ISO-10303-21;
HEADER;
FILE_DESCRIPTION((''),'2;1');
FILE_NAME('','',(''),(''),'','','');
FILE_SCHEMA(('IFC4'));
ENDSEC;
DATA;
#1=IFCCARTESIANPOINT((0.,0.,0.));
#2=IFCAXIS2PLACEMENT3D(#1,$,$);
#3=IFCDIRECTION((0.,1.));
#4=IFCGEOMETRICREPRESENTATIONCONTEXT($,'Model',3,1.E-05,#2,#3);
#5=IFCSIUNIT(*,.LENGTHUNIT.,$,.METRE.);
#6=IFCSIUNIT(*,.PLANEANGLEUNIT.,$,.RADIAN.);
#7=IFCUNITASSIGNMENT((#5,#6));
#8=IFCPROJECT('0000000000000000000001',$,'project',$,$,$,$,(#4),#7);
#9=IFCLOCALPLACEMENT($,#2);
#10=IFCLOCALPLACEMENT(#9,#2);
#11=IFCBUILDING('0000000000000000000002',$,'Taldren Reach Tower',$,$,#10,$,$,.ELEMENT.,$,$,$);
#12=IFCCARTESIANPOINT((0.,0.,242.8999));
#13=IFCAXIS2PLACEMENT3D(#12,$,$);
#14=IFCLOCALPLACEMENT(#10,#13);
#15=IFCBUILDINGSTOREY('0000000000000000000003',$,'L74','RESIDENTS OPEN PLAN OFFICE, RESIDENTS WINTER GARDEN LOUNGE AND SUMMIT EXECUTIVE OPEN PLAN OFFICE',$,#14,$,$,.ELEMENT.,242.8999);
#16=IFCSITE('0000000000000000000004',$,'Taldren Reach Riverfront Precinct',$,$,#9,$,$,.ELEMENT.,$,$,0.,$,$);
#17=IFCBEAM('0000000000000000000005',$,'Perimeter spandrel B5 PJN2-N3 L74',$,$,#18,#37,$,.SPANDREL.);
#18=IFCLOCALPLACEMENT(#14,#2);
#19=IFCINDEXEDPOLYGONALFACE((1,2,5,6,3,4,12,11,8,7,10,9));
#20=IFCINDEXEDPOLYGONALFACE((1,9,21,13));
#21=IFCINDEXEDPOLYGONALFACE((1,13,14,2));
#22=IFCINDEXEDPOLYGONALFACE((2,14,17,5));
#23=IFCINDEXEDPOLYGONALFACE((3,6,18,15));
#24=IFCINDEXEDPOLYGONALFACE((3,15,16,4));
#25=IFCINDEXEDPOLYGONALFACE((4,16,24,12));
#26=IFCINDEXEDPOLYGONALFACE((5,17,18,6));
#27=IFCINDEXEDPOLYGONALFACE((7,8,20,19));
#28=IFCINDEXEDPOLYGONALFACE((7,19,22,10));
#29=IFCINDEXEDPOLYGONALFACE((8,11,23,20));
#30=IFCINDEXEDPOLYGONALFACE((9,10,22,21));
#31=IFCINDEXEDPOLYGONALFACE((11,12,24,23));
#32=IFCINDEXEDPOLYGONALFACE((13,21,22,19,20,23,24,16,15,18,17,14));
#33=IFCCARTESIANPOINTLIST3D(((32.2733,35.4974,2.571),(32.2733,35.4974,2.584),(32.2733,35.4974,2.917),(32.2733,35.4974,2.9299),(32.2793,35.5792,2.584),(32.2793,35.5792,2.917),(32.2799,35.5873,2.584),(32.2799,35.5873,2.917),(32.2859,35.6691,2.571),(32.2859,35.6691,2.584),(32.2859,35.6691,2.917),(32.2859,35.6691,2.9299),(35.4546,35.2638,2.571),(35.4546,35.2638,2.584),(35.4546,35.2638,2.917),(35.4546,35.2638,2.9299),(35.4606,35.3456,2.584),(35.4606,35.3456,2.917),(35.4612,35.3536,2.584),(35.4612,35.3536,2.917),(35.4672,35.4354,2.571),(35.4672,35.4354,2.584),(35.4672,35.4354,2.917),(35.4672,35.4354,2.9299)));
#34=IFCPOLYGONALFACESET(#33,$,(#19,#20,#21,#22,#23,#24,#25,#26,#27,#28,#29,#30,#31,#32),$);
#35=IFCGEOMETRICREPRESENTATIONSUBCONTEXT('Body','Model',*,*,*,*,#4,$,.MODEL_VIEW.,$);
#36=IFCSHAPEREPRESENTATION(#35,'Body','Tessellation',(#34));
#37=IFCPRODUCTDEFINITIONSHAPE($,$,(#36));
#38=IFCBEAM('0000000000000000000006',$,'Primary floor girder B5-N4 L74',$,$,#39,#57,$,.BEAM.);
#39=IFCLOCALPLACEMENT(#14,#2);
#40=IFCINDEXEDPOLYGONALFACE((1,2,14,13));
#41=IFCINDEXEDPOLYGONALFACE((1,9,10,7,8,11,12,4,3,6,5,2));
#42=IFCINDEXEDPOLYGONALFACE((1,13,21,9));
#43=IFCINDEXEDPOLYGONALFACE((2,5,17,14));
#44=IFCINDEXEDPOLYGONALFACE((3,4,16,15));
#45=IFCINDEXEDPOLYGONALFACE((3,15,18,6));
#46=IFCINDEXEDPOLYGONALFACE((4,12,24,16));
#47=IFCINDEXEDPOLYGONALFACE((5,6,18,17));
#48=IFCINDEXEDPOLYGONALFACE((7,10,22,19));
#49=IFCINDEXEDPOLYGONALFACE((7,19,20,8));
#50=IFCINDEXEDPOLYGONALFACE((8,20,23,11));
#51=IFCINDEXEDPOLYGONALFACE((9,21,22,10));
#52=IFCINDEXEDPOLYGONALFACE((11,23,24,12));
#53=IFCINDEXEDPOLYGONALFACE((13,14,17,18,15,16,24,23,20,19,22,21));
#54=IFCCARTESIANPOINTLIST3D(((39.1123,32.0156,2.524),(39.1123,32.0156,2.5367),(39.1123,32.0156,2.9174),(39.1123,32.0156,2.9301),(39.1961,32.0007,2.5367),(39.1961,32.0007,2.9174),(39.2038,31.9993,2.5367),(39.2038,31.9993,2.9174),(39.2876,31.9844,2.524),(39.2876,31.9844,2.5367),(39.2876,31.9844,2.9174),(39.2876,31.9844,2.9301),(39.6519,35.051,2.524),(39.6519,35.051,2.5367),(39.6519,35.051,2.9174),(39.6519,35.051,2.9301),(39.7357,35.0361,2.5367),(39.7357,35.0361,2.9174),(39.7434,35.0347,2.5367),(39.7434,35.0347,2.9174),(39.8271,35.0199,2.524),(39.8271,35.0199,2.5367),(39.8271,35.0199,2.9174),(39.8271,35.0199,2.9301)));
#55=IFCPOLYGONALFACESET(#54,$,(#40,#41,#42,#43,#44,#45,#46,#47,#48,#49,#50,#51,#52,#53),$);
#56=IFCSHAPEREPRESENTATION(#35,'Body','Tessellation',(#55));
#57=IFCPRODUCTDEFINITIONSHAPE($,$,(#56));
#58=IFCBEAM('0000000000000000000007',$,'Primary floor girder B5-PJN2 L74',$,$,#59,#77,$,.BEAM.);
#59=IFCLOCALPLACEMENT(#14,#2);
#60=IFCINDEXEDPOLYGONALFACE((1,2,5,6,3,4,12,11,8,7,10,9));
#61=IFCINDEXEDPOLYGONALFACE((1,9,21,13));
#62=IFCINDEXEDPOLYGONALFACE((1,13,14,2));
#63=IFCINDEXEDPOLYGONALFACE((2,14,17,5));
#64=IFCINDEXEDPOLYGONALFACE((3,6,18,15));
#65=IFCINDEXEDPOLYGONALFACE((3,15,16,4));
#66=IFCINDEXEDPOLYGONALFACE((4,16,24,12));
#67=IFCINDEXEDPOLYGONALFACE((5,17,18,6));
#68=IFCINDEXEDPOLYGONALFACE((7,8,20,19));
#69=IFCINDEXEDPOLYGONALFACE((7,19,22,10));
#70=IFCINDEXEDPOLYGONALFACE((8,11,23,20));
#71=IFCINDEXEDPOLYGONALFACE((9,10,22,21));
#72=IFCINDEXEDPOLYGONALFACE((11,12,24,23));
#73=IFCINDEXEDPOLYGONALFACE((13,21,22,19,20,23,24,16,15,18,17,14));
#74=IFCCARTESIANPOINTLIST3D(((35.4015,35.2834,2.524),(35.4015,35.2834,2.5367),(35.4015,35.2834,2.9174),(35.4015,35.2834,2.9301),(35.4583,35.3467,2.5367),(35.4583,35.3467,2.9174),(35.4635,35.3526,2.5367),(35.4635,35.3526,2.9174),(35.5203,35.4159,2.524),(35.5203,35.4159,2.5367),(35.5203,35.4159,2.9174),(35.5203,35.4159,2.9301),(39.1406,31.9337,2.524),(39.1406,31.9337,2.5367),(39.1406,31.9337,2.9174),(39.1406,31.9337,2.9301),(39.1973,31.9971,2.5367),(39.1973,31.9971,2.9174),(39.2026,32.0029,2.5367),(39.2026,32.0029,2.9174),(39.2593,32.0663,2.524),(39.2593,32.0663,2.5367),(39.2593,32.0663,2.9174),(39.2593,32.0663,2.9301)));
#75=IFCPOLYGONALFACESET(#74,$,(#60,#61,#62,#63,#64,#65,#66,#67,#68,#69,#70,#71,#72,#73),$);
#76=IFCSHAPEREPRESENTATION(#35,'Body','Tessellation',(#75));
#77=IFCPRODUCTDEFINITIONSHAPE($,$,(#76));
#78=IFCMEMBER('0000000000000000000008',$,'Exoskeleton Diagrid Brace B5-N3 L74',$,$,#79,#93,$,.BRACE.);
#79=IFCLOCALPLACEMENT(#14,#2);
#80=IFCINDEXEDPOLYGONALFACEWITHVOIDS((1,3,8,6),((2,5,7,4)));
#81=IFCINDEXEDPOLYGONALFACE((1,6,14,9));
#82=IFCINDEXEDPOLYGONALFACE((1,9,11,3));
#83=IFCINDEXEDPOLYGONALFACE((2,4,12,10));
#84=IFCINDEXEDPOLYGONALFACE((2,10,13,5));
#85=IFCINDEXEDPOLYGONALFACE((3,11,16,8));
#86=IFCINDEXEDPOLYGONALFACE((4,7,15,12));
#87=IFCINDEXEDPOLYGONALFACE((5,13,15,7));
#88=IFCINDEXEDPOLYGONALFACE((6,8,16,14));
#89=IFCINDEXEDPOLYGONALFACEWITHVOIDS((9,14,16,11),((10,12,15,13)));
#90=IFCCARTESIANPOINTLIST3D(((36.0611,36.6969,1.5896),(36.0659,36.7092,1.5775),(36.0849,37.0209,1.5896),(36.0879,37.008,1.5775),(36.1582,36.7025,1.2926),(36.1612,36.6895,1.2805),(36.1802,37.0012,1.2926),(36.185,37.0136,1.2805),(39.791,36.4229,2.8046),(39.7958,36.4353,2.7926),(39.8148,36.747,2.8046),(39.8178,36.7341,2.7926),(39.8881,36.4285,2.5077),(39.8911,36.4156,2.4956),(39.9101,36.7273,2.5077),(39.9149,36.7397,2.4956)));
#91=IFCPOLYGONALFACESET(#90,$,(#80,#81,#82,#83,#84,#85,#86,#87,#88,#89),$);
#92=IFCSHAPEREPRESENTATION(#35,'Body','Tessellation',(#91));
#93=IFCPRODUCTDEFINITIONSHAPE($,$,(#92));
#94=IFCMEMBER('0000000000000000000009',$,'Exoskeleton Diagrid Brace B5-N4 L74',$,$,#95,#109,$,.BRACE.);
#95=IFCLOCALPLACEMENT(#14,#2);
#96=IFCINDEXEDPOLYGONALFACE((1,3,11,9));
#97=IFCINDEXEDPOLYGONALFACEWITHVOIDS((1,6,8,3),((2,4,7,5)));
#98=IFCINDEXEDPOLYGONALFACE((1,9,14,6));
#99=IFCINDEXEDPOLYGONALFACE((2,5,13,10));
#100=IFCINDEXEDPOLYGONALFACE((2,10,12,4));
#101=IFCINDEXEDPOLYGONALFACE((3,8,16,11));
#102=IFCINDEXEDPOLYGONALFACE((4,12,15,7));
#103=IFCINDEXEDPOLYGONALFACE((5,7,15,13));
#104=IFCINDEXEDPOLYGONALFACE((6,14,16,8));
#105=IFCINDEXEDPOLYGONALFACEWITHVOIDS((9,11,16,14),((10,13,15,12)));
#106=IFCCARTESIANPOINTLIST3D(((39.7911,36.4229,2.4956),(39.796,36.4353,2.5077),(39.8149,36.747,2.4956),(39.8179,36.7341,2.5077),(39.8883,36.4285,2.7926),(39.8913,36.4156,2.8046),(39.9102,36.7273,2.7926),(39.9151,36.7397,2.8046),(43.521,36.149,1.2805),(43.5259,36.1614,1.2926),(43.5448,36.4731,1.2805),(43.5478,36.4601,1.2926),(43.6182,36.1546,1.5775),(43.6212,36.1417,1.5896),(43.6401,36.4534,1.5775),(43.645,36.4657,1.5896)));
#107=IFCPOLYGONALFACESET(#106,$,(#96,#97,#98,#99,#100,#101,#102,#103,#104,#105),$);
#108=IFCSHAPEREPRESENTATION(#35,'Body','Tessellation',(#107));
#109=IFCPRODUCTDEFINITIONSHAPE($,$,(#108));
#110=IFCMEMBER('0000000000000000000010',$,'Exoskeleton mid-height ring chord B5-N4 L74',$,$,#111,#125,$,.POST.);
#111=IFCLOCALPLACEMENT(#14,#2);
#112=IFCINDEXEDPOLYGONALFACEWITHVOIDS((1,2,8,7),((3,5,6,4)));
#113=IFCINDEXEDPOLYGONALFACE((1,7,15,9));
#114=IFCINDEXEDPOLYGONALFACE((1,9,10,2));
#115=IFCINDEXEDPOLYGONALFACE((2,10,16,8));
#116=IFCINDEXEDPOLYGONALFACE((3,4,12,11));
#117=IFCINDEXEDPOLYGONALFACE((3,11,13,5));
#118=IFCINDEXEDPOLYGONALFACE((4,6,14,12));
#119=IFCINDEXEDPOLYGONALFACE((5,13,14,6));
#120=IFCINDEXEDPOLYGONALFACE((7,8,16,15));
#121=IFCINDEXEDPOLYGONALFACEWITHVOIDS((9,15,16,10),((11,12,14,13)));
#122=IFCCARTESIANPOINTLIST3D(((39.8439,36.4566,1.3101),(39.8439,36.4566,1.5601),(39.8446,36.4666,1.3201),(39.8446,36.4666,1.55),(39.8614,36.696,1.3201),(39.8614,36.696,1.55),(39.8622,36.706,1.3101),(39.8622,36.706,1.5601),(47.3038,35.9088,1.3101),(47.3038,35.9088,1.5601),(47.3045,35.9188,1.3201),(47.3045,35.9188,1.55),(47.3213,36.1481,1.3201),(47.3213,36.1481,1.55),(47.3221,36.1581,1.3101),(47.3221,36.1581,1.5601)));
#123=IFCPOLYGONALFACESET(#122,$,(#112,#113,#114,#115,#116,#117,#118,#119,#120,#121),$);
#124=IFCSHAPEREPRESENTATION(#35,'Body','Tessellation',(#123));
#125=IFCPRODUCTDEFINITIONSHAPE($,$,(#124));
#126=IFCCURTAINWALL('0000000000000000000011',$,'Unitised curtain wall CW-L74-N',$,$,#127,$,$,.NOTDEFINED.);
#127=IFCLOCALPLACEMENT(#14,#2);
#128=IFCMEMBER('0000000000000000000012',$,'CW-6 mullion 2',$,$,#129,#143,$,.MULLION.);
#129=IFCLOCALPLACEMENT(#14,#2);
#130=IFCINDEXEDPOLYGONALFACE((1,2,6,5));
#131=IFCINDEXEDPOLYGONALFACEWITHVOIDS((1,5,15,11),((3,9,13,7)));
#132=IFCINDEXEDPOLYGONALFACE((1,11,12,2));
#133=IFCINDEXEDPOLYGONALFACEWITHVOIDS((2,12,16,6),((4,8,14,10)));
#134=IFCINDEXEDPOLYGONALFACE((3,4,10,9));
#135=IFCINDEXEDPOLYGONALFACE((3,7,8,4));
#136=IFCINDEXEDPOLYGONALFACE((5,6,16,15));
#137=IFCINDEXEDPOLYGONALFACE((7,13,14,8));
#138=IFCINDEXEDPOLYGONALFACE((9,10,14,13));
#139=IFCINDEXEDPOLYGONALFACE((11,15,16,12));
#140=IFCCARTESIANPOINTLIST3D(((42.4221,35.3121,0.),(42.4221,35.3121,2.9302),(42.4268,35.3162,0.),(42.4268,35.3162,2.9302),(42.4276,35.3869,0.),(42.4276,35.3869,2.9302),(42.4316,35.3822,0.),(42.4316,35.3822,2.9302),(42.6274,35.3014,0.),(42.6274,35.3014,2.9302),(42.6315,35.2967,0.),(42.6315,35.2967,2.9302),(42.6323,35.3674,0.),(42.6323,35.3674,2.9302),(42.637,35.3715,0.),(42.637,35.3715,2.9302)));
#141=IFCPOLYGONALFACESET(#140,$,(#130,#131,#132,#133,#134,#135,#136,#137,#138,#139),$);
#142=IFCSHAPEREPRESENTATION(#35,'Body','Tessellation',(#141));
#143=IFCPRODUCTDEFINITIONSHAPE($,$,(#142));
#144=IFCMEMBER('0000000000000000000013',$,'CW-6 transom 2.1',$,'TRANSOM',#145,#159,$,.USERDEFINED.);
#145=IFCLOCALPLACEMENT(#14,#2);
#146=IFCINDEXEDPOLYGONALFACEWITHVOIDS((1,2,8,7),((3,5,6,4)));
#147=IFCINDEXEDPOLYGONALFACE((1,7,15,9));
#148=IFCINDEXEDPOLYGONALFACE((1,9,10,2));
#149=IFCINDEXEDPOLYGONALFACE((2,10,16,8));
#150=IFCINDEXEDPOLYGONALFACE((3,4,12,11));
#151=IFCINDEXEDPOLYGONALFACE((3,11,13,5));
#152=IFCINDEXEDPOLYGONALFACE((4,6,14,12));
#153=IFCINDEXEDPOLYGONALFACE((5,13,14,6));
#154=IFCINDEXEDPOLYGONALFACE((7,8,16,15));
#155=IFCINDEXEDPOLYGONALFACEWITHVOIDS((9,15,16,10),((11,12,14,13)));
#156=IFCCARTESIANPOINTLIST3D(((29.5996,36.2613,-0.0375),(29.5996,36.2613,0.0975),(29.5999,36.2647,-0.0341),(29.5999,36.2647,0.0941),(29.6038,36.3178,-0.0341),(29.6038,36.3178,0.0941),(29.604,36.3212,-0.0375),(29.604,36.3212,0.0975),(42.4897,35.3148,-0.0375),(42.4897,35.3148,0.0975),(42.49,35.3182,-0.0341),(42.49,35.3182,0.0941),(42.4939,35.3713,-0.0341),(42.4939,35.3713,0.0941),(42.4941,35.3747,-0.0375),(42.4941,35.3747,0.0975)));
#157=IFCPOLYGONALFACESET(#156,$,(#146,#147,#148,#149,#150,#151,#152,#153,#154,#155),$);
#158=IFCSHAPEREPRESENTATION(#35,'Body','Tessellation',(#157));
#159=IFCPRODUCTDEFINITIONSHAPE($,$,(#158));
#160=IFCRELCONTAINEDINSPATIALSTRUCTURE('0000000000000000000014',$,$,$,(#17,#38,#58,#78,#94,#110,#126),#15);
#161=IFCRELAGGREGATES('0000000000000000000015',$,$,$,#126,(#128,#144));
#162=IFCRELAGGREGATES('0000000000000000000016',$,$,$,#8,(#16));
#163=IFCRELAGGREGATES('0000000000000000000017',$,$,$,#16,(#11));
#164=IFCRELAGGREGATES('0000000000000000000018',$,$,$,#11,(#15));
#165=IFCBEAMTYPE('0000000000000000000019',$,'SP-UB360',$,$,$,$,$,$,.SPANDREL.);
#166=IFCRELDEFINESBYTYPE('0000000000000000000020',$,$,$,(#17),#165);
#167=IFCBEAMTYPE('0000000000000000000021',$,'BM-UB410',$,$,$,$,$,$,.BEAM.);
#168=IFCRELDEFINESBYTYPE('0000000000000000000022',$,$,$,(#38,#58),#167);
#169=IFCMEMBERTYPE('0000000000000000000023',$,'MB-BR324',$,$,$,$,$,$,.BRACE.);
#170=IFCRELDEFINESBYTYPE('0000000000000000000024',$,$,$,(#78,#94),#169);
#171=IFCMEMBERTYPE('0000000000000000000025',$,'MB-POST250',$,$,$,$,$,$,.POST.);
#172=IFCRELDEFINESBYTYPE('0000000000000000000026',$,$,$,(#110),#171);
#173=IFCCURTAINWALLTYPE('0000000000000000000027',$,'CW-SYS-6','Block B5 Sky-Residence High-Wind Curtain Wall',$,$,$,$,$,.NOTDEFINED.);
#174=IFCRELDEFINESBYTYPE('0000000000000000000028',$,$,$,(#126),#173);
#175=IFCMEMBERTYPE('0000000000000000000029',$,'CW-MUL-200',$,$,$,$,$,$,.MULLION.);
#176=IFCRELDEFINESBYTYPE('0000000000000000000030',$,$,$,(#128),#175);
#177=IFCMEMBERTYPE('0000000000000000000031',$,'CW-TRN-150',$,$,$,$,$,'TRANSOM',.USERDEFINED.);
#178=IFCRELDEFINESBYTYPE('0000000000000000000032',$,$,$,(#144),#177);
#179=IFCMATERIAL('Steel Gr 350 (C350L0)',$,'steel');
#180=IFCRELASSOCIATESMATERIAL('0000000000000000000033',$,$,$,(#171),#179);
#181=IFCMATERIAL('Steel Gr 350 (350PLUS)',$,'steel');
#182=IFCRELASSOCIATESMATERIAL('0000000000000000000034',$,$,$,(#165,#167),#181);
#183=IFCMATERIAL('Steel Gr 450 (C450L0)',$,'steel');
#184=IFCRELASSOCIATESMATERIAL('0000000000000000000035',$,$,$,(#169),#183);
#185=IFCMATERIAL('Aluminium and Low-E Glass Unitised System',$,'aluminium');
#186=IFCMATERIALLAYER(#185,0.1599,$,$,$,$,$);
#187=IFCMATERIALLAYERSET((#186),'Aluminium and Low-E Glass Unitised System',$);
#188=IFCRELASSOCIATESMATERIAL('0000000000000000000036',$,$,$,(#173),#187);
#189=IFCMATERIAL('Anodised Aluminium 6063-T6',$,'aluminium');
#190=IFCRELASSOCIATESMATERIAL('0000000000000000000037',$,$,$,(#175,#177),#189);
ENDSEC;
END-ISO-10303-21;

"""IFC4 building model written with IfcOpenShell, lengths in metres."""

from ifc_helpers import new_model, si_unit, direction, frame, origin, origin_2d, place, context, subcontext, project, spatial, hollow_rectangle, i_section, extrude, source, transform, mapped, material, layer, layer_set, material_profile, profile_set, type_object, element, aggregate, save


model = new_model("IFC4")

# Units and contexts
model_context = context("Model", 3, precision=1e-05, world=origin(), true_north=direction((0.0, 1.0)))
body_context = subcontext(model_context, "Body", "Model", "MODEL_VIEW")
ifc_project = project(units=[si_unit("LENGTHUNIT", "METRE"), si_unit("PLANEANGLEUNIT", "RADIAN")], contexts=[model_context])

# Site, building, storey
site_placement = place(None, origin())
site = spatial("IfcSite", under=ifc_project, at=site_placement, Name="Taldren Reach Riverfront Precinct", CompositionType="ELEMENT", RefElevation=0.0)
building_placement = place(site_placement, origin())
building = spatial("IfcBuilding", under=site, at=building_placement, Name="Taldren Reach Tower", CompositionType="ELEMENT")
storey_placement = place(building_placement, frame((0.0, 0.0, 242.8999)))
storey = spatial("IfcBuildingStorey", under=building, at=storey_placement, Name="L74", Description="RESIDENTS OPEN PLAN OFFICE, RESIDENTS WINTER GARDEN LOUNGE AND SUMMIT EXECUTIVE OPEN PLAN OFFICE", CompositionType="ELEMENT", Elevation=242.8999)

# Shared definitions
ifc_material_1 = material(Name="Steel Gr 450 (C450L0)", Category="steel")
ifc_material_2 = material(Name="Steel Gr 350 (C350L0)", Category="steel")
ifc_material_3 = material(Name="Steel Gr 350 (350PLUS)", Category="steel")

# Shared definitions
ifc_material_profile_1 = material_profile(ifc_material_2, hollow_rectangle(XDim=0.25, YDim=0.25, WallThickness=0.01, at=origin_2d()), Name="250x250x10.0SHS")
ifc_profile_set_1 = profile_set([ifc_material_profile_1], Name="Steel Gr 350 (C350L0)")
member_type_1 = type_object("IfcMemberType", Name="MB-POST250", PredefinedType="POST", material=ifc_profile_set_1)

# Beams
ifc_material_profile_2 = material_profile(ifc_material_3, i_section(OverallWidth=0.1721, OverallDepth=0.3589, WebThickness=0.0081, FlangeThickness=0.0129, at=origin_2d()), Name="360UB56.7")
ifc_profile_set_2 = profile_set([ifc_material_profile_2], Name="Steel Gr 350 (350PLUS)")
beam_type_1 = type_object("IfcBeamType", Name="SP-UB360", PredefinedType="SPANDREL", material=ifc_profile_set_2)
shared_shape_1 = source(origin(), body_context, "Body", "SweptSolid", [
    extrude(i_section(OverallWidth=0.1721, OverallDepth=0.3589, WebThickness=0.0081, FlangeThickness=0.0129, at=origin_2d()), origin(), (0.0, 0.0, 1.0), 3.1899),
])
beam_1_placement = place(storey_placement, frame((35.4609, 35.3496, 2.7505), z_axis=(-0.997314, 0.073243, 0.0), x_axis=(-0.073243, -0.997314, 0.0)))
element("IfcBeam", 1, at=beam_1_placement, inside=storey, type_object=beam_type_1, Name="Perimeter spandrel B5 PJN2-N3 L74", PredefinedType="SPANDREL", context=body_context, shape_type="MappedRepresentation", body=[
    mapped(shared_shape_1, transform((0.0, 0.0, 0.0), scale=1.0)),
])
ifc_material_profile_3 = material_profile(ifc_material_3, i_section(OverallWidth=0.178, OverallDepth=0.406, WebThickness=0.0078, FlangeThickness=0.0127, at=origin_2d()), Name="410UB59.7")
ifc_profile_set_3 = profile_set([ifc_material_profile_3], Name="Steel Gr 350 (350PLUS)")
beam_type_2 = type_object("IfcBeamType", Name="BM-UB410", PredefinedType="BEAM", material=ifc_profile_set_3)
shared_shape_2 = source(origin(), body_context, "Body", "SweptSolid", [
    extrude(i_section(OverallWidth=0.178, OverallDepth=0.406, WebThickness=0.0078, FlangeThickness=0.0127, at=origin_2d()), origin(), (0.0, 0.0, 1.0), 3.083),
])
beam_2_placement = place(storey_placement, frame((39.2, 32.0, 2.7271), z_axis=(0.175009, 0.984567, 0.0), x_axis=(-0.984567, 0.175009, 0.0)))
element("IfcBeam", 2, at=beam_2_placement, inside=storey, type_object=beam_type_2, Name="Primary floor girder B5-N4 L74", PredefinedType="BEAM", context=body_context, shape_type="MappedRepresentation", body=[
    mapped(shared_shape_2, transform((0.0, 0.0, 0.0), scale=1.0)),
])
shared_shape_3 = source(origin(), body_context, "Body", "SweptSolid", [
    extrude(i_section(OverallWidth=0.178, OverallDepth=0.406, WebThickness=0.0078, FlangeThickness=0.0127, at=origin_2d()), origin(), (0.0, 0.0, 1.0), 5.02),
])
beam_3_placement = place(storey_placement, frame((39.2, 32.0, 2.7271), z_axis=(-0.744828, 0.667257, 0.0), x_axis=(-0.667257, -0.744828, 0.0)))
element("IfcBeam", 3, at=beam_3_placement, inside=storey, type_object=beam_type_2, Name="Primary floor girder B5-PJN2 L74", PredefinedType="BEAM", context=body_context, shape_type="MappedRepresentation", body=[
    mapped(shared_shape_3, transform((0.0, 0.0, 0.0), scale=1.0)),
])

# Members
ifc_material_profile_4 = material_profile(ifc_material_1, hollow_rectangle(XDim=0.325, YDim=0.325, WallThickness=0.0127, at=origin_2d()), Name="325x325x12.7SHS")
ifc_profile_set_4 = profile_set([ifc_material_profile_4], Name="Steel Gr 450 (C450L0)")
member_type_2 = type_object("IfcMemberType", Name="MB-BR324", PredefinedType="BRACE", material=ifc_profile_set_4)
shared_shape_4 = source(origin(), body_context, "Body", "SweptSolid", [
    extrude(hollow_rectangle(XDim=0.325, YDim=0.325, WallThickness=0.0127, at=origin_2d()), origin(), (0.0, 0.0, 1.0), 3.9324),
])
for number, where, z_axis, x_axis, name in (
    (4, (36.123, 36.8552, 1.4351), (0.948511, -0.069658, 0.308989), (0.073242, 0.997314, 0.0), "Exoskeleton Diagrid Brace B5-N3 L74"),
    (5, (43.583, 36.3074, 1.4351), (-0.948511, 0.069658, 0.308989), (-0.073242, -0.997314, 0.0), "Exoskeleton Diagrid Brace B5-N4 L74"),
):
    element("IfcMember", number, at=place(storey_placement, frame(where, z_axis=z_axis, x_axis=x_axis)), inside=storey, type_object=member_type_2, Name=name, PredefinedType="BRACE", context=body_context, shape_type="MappedRepresentation", body=[
        mapped(shared_shape_4, transform((0.0, 0.0, 0.0), scale=1.0)),
    ])
shared_shape_5 = source(origin(), body_context, "Body", "SweptSolid", [
    extrude(hollow_rectangle(XDim=0.25, YDim=0.25, WallThickness=0.01, at=origin_2d()), origin(), (0.0, 0.0, 1.0), 7.48),
])
member_1_placement = place(storey_placement, frame((39.853, 36.5813, 1.4351), z_axis=(0.997314, -0.073242, 0.0), x_axis=(0.073242, 0.997314, 0.0)))
element("IfcMember", 6, at=member_1_placement, inside=storey, type_object=member_type_1, Name="Exoskeleton mid-height ring chord B5-N4 L74", PredefinedType="POST", context=body_context, shape_type="MappedRepresentation", body=[
    mapped(shared_shape_5, transform((0.0, 0.0, 0.0), scale=1.0)),
])

# Curtain wall, members
ifc_material_4 = material(Name="Aluminium and Low-E Glass Unitised System", Category="aluminium")
ifc_layer_1 = layer(ifc_material_4, 0.1599)
ifc_layer_set_1 = layer_set([ifc_layer_1], Name="Aluminium and Low-E Glass Unitised System")
curtain_wall_type = type_object("IfcCurtainWallType", Name="CW-SYS-6", Description="Block B5 Sky-Residence High-Wind Curtain Wall", PredefinedType="NOTDEFINED", material=ifc_layer_set_1)
curtain_wall_placement = place(storey_placement, origin())
curtain_wall = element("IfcCurtainWall", 7, at=curtain_wall_placement, inside=storey, type_object=curtain_wall_type, Name="Unitised curtain wall CW-L74-N", PredefinedType="NOTDEFINED")
ifc_material_5 = material(Name="Anodised Aluminium 6063-T6", Category="aluminium")
ifc_material_profile_5 = material_profile(ifc_material_5, hollow_rectangle(XDim=0.075, YDim=0.21, WallThickness=0.0044, at=origin_2d()), Name="ALU-210x75x4.5RHS")
ifc_profile_set_5 = profile_set([ifc_material_profile_5], Name="Anodised Aluminium 6063-T6")
member_type_3 = type_object("IfcMemberType", Name="CW-MUL-200", PredefinedType="MULLION", material=ifc_profile_set_5)
shared_shape_6 = source(origin(), body_context, "Body", "SweptSolid", [
    extrude(hollow_rectangle(XDim=0.075, YDim=0.21, WallThickness=0.0044, at=origin_2d()), origin(), (0.0, 0.0, 1.0), 2.9302),
])
member_2_placement = place(storey_placement, frame((42.5295, 35.3418, 0.0), z_axis=(0.0, 0.0, 1.0), x_axis=(-0.073238, -0.997314, 0.0)))
member_2 = element("IfcMember", 8, at=member_2_placement, type_object=member_type_3, Name="CW-6 mullion 2", PredefinedType="MULLION", context=body_context, shape_type="MappedRepresentation", body=[
    mapped(shared_shape_6, transform((0.0, 0.0, 0.0), scale=1.0)),
])
ifc_material_profile_6 = material_profile(ifc_material_5, hollow_rectangle(XDim=0.0601, YDim=0.135, WallThickness=0.0034, at=origin_2d()), Name="ALU-135x60x3.5RHS")
ifc_profile_set_6 = profile_set([ifc_material_profile_6], Name="Anodised Aluminium 6063-T6")
member_type_4 = type_object("IfcMemberType", Name="CW-TRN-150", ElementType="TRANSOM", PredefinedType="USERDEFINED", material=ifc_profile_set_6)
shared_shape_7 = source(origin(), body_context, "Body", "SweptSolid", [
    extrude(hollow_rectangle(XDim=0.0601, YDim=0.135, WallThickness=0.0034, at=origin_2d()), origin(), (0.0, 0.0, 1.0), 12.9248),
])
member_3_placement = place(storey_placement, frame((42.4919, 35.3447, 0.03), z_axis=(-0.997315, 0.073234, 0.0), x_axis=(-0.073234, -0.997315, 0.0)))
member_3 = element("IfcMember", 9, at=member_3_placement, type_object=member_type_4, Name="CW-6 transom 2.1", ObjectType="TRANSOM", PredefinedType="USERDEFINED", context=body_context, shape_type="MappedRepresentation", body=[
    mapped(shared_shape_7, transform((0.0, 0.0, 0.0), scale=1.0)),
])

aggregate(curtain_wall, [member_2, member_3])

save(model, "model.ifc")
